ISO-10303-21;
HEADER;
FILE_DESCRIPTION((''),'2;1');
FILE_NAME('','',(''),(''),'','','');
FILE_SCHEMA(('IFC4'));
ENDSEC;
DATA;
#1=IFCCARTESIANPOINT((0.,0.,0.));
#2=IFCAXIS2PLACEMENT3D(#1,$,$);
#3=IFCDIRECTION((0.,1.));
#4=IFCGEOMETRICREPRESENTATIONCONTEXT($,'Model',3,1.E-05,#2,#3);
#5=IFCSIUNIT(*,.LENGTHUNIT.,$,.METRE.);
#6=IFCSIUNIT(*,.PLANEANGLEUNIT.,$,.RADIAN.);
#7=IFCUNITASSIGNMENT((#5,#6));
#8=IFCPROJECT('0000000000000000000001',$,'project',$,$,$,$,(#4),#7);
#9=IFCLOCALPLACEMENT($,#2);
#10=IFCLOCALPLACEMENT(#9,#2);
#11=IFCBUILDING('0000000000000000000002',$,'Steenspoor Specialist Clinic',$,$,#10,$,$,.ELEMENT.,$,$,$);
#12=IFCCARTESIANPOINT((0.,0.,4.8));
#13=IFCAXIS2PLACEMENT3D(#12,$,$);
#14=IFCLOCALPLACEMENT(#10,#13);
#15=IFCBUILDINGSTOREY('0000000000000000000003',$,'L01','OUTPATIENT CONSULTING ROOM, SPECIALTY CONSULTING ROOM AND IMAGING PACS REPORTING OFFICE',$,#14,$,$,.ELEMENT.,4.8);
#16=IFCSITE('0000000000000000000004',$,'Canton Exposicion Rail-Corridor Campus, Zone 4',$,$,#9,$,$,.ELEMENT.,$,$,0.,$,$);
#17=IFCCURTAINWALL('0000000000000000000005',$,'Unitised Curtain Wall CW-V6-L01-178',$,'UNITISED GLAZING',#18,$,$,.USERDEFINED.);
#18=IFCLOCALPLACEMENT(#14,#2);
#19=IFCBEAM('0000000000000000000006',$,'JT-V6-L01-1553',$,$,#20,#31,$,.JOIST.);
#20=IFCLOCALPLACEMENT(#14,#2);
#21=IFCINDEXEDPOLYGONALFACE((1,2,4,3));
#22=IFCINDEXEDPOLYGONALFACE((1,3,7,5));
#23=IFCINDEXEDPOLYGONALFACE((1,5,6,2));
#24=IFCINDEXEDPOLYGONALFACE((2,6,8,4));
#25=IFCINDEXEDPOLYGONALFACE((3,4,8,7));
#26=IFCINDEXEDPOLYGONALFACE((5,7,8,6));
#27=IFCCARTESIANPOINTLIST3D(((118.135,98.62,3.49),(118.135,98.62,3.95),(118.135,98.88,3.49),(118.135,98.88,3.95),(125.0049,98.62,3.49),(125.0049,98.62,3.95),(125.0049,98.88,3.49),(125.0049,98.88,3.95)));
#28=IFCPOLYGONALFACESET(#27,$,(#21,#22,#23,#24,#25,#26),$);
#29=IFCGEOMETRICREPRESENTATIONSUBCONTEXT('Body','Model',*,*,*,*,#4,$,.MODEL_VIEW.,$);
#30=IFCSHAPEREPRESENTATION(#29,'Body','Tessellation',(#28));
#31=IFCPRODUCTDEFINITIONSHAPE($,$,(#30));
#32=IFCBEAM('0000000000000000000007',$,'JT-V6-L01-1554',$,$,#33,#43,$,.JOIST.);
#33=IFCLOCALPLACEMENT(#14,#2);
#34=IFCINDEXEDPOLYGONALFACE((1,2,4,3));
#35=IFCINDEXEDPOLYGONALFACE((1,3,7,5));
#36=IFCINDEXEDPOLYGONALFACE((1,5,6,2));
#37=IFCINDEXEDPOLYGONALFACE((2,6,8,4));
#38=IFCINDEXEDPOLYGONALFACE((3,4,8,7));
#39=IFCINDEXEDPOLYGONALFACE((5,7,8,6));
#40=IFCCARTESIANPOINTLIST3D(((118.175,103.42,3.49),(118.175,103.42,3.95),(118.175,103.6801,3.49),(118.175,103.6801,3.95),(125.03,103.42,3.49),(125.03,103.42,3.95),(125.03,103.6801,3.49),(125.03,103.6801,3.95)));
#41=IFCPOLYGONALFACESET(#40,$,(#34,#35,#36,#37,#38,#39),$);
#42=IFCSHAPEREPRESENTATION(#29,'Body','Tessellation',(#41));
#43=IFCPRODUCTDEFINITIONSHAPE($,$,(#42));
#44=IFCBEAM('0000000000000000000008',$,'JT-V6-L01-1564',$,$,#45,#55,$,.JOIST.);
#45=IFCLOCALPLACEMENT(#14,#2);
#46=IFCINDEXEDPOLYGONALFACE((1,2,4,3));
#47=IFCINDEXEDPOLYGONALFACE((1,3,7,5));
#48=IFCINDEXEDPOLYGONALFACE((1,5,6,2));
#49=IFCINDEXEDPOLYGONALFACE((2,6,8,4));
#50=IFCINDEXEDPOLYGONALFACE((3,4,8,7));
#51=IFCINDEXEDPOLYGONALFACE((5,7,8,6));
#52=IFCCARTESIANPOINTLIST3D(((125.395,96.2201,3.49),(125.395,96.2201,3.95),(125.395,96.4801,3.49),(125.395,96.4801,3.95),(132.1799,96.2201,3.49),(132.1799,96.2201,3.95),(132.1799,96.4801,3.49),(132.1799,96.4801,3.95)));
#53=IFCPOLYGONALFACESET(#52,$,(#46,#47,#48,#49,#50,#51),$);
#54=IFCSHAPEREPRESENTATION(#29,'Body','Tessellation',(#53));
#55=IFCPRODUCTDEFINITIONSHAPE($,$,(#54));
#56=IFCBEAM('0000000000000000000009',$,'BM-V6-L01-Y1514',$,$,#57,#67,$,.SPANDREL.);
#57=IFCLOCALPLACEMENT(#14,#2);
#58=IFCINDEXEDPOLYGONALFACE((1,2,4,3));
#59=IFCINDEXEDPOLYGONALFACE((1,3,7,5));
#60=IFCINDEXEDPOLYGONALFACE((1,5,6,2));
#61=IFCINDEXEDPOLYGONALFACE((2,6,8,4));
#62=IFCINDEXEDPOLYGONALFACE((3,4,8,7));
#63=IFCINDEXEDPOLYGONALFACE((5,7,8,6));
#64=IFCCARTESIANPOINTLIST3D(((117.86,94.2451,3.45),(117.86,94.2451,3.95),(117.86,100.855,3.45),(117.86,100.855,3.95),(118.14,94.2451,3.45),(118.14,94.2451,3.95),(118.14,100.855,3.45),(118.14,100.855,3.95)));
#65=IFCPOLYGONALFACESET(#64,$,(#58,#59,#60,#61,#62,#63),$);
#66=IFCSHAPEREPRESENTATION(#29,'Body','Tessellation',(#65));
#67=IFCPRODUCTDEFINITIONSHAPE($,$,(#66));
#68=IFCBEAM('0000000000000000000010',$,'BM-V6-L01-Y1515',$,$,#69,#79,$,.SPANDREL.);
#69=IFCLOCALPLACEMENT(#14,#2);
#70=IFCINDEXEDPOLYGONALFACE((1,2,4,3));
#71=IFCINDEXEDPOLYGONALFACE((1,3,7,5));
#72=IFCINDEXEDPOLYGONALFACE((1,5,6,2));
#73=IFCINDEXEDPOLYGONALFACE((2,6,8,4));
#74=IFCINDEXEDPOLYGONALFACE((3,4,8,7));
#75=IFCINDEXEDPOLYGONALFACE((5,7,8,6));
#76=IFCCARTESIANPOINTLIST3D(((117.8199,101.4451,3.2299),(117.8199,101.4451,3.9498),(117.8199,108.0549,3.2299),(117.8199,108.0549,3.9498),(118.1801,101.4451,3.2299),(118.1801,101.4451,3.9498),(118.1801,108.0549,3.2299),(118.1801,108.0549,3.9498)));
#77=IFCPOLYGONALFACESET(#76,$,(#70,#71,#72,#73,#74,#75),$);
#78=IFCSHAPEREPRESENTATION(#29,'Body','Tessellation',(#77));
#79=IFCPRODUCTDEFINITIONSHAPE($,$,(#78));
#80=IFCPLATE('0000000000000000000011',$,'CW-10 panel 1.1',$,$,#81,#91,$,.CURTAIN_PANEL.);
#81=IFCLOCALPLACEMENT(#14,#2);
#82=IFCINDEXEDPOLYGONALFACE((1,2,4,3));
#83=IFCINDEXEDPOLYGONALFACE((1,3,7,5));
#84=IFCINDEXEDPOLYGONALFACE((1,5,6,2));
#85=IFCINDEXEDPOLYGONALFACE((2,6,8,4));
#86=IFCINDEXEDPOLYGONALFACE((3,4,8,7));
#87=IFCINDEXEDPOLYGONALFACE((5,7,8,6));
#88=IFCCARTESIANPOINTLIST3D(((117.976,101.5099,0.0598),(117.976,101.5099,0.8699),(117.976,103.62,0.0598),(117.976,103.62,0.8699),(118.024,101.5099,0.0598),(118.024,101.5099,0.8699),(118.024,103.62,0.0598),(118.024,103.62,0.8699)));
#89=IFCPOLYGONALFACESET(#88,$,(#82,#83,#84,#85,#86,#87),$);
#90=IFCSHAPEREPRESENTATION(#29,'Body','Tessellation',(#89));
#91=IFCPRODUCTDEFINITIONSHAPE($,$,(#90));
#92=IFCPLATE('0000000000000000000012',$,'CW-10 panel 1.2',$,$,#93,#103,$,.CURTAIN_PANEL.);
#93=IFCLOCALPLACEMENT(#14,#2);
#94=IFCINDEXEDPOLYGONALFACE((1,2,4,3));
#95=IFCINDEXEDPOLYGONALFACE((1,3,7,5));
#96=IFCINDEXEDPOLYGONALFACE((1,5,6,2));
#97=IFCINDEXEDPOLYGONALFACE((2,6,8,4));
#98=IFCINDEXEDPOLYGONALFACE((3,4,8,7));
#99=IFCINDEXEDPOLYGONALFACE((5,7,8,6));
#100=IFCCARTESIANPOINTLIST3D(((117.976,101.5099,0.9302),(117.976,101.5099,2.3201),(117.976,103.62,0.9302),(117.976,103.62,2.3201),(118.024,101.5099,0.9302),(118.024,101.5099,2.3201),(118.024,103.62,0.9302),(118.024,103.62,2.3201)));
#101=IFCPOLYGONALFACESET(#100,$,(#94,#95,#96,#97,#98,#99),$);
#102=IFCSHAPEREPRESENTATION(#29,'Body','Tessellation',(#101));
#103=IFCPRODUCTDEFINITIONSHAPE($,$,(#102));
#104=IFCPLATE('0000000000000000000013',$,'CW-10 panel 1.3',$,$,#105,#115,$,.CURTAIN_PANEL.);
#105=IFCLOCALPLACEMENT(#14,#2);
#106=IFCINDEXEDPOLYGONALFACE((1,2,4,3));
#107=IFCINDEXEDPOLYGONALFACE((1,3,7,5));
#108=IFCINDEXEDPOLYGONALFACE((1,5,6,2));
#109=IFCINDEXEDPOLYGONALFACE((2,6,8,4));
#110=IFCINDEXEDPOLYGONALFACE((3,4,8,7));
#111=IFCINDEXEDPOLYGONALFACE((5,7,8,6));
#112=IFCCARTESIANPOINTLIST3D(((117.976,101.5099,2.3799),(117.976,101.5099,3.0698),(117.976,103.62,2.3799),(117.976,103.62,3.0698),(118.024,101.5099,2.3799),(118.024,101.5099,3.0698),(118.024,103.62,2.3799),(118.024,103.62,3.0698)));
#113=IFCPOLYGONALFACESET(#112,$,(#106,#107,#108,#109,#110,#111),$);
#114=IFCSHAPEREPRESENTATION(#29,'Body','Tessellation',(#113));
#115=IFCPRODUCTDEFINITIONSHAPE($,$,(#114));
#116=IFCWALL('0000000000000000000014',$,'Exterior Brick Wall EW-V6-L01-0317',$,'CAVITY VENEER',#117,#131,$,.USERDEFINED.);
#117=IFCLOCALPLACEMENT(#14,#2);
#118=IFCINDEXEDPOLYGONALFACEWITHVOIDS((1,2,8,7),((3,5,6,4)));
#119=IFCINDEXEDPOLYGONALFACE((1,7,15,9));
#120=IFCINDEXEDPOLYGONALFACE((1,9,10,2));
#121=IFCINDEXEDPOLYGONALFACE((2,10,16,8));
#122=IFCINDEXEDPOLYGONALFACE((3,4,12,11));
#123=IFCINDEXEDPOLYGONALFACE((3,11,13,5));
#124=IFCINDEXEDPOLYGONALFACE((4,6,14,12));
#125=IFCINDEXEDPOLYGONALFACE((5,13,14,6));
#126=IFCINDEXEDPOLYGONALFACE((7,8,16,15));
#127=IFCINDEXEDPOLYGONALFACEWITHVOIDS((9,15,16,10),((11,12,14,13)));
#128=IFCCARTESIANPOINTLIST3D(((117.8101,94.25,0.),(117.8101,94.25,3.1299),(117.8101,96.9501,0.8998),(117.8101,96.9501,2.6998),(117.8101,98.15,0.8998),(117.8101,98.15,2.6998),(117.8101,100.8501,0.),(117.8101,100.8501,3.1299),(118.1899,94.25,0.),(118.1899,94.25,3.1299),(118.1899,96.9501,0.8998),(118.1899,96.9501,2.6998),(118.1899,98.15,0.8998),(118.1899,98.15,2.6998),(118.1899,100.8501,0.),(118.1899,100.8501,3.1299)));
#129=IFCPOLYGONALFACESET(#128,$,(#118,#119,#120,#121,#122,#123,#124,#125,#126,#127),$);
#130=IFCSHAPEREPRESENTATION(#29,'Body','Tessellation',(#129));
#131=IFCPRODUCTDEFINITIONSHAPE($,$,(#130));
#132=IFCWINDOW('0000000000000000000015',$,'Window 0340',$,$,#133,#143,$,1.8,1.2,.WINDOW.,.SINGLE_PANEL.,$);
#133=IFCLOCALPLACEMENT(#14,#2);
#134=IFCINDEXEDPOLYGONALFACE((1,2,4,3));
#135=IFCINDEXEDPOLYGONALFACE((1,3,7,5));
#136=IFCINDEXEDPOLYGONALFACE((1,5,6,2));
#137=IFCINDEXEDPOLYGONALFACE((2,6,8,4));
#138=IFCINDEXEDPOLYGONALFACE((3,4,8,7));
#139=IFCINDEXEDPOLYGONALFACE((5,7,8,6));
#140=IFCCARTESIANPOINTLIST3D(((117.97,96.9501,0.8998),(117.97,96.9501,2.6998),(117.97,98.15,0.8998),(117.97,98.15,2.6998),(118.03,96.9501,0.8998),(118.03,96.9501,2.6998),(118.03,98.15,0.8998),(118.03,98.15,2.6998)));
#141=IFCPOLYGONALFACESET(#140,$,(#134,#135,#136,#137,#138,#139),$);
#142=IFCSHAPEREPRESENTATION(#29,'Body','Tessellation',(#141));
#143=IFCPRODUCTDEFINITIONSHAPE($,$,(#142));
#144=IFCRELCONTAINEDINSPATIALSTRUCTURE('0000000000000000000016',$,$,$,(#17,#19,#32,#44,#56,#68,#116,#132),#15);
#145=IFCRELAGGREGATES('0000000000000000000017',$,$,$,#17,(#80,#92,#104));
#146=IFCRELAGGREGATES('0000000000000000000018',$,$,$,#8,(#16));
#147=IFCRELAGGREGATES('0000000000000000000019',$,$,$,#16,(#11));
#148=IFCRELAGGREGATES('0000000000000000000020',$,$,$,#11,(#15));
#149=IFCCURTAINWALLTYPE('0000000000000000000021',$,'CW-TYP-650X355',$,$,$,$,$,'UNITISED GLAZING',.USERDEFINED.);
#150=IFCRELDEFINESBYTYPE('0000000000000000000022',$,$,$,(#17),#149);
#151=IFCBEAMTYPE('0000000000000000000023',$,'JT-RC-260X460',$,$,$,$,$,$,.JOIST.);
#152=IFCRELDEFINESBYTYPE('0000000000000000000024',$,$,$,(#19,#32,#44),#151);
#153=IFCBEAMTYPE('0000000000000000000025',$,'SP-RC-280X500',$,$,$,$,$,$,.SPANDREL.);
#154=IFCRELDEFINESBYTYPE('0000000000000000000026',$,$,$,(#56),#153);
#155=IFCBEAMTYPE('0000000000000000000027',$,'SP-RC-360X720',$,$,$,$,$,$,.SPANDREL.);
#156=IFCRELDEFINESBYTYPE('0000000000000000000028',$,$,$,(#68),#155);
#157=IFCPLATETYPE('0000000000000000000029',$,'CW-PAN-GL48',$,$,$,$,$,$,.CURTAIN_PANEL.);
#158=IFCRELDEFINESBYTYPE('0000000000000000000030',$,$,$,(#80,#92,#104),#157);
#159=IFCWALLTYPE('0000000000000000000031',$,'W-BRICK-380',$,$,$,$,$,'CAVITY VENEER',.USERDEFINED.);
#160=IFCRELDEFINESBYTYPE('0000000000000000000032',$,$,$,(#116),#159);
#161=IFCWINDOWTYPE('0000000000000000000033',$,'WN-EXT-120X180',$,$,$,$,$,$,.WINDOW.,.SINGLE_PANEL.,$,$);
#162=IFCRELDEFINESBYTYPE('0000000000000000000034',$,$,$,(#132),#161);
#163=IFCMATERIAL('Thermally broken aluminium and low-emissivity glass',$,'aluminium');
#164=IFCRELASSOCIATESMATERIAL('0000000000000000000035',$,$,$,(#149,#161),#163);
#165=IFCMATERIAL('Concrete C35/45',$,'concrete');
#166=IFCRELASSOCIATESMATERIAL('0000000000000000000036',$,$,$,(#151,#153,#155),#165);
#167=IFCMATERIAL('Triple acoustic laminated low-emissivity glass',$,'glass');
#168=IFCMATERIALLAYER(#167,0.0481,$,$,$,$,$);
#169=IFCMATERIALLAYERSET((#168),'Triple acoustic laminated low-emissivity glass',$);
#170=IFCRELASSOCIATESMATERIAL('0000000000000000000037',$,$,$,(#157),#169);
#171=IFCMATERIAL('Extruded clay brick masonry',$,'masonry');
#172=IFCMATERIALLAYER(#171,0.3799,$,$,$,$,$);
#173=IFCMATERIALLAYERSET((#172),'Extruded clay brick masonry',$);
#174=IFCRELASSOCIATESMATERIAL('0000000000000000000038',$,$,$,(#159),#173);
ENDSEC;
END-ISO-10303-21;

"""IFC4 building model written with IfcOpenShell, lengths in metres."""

from ifc_helpers import new_model, si_unit, direction, frame, frame_2d, origin, origin_2d, place, context, subcontext, project, spatial, rectangle, extrude, material, layer, layer_set, material_profile, profile_set, type_object, element, fill, aggregate, save


model = new_model("IFC4")

# Units and contexts
model_context = context("Model", 3, precision=1e-05, world=origin(), true_north=direction((0.0, 1.0)))
body_context = subcontext(model_context, "Body", "Model", "MODEL_VIEW")
ifc_project = project(units=[si_unit("LENGTHUNIT", "METRE"), si_unit("PLANEANGLEUNIT", "RADIAN")], contexts=[model_context])

# Site, building, storey
site_placement = place(None, origin())
site = spatial("IfcSite", under=ifc_project, at=site_placement, Name="Canton Exposicion Rail-Corridor Campus, Zone 4", CompositionType="ELEMENT", RefElevation=0.0)
building_placement = place(site_placement, origin())
building = spatial("IfcBuilding", under=site, at=building_placement, Name="Steenspoor Specialist Clinic", CompositionType="ELEMENT")
storey_placement = place(building_placement, frame((0.0, 0.0, 4.8)))
storey = spatial("IfcBuildingStorey", under=building, at=storey_placement, Name="L01", Description="OUTPATIENT CONSULTING ROOM, SPECIALTY CONSULTING ROOM AND IMAGING PACS REPORTING OFFICE", CompositionType="ELEMENT", Elevation=4.8)

# Shared definitions
ifc_material_1 = material(Name="Concrete C35/45", Category="concrete")

# Curtain wall
ifc_material_2 = material(Name="Thermally broken aluminium and low-emissivity glass", Category="aluminium")
curtain_wall_type = type_object("IfcCurtainWallType", Name="CW-TYP-650X355", ElementType="UNITISED GLAZING", PredefinedType="USERDEFINED", material=ifc_material_2)
curtain_wall_placement = place(storey_placement, origin())
curtain_wall = element("IfcCurtainWall", 1, at=curtain_wall_placement, inside=storey, type_object=curtain_wall_type, Name="Unitised Curtain Wall CW-V6-L01-178", ObjectType="UNITISED GLAZING", PredefinedType="USERDEFINED")

# Beams
ifc_material_profile_1 = material_profile(ifc_material_1, rectangle(XDim=0.26, YDim=0.46, at=origin_2d()), Name="RC-JT-260X460")
ifc_profile_set_1 = profile_set([ifc_material_profile_1], Name="Concrete C35/45")
beam_type_1 = type_object("IfcBeamType", Name="JT-RC-260X460", PredefinedType="JOIST", material=ifc_profile_set_1)
beam_1_placement = place(storey_placement, frame((118.135, 98.75, 3.72), z_axis=(1.0, 0.0, 0.0), x_axis=(0.0, 1.0, 0.0)))
element("IfcBeam", 2, at=beam_1_placement, inside=storey, type_object=beam_type_1, Name="JT-V6-L01-1553", PredefinedType="JOIST", context=body_context, shape_type="SweptSolid", body=[
    extrude(rectangle(XDim=0.26, YDim=0.46, at=origin_2d()), origin(), (0.0, 0.0, 1.0), 6.8699),
])
beam_2_placement = place(storey_placement, frame((118.175, 103.55, 3.72), z_axis=(1.0, 0.0, 0.0), x_axis=(0.0, 1.0, 0.0)))
element("IfcBeam", 3, at=beam_2_placement, inside=storey, type_object=beam_type_1, Name="JT-V6-L01-1554", PredefinedType="JOIST", context=body_context, shape_type="SweptSolid", body=[
    extrude(rectangle(XDim=0.26, YDim=0.46, at=origin_2d()), origin(), (0.0, 0.0, 1.0), 6.855),
])
beam_3_placement = place(storey_placement, frame((125.395, 96.3501, 3.72), z_axis=(1.0, 0.0, 0.0), x_axis=(0.0, 1.0, 0.0)))
element("IfcBeam", 4, at=beam_3_placement, inside=storey, type_object=beam_type_1, Name="JT-V6-L01-1564", PredefinedType="JOIST", context=body_context, shape_type="SweptSolid", body=[
    extrude(rectangle(XDim=0.26, YDim=0.46, at=origin_2d()), origin(), (0.0, 0.0, 1.0), 6.7849),
])
ifc_material_profile_2 = material_profile(ifc_material_1, rectangle(XDim=0.28, YDim=0.5, at=origin_2d()), Name="RC-SP-280X500")
ifc_profile_set_2 = profile_set([ifc_material_profile_2], Name="Concrete C35/45")
beam_type_2 = type_object("IfcBeamType", Name="SP-RC-280X500", PredefinedType="SPANDREL", material=ifc_profile_set_2)
beam_4_placement = place(storey_placement, frame((118.0, 94.2451, 3.7), z_axis=(0.0, 1.0, 0.0), x_axis=(-1.0, 0.0, 0.0)))
element("IfcBeam", 5, at=beam_4_placement, inside=storey, type_object=beam_type_2, Name="BM-V6-L01-Y1514", PredefinedType="SPANDREL", context=body_context, shape_type="SweptSolid", body=[
    extrude(rectangle(XDim=0.28, YDim=0.5, at=origin_2d()), origin(), (0.0, 0.0, 1.0), 6.6099),
])
ifc_material_profile_3 = material_profile(ifc_material_1, rectangle(XDim=0.3601, YDim=0.72, at=origin_2d()), Name="RC-SP-360X720")
ifc_profile_set_3 = profile_set([ifc_material_profile_3], Name="Concrete C35/45")
beam_type_3 = type_object("IfcBeamType", Name="SP-RC-360X720", PredefinedType="SPANDREL", material=ifc_profile_set_3)
beam_5_placement = place(storey_placement, frame((118.0, 101.4451, 3.5898), z_axis=(0.0, 1.0, 0.0), x_axis=(-1.0, 0.0, 0.0)))
element("IfcBeam", 6, at=beam_5_placement, inside=storey, type_object=beam_type_3, Name="BM-V6-L01-Y1515", PredefinedType="SPANDREL", context=body_context, shape_type="SweptSolid", body=[
    extrude(rectangle(XDim=0.3601, YDim=0.72, at=origin_2d()), origin(), (0.0, 0.0, 1.0), 6.6099),
])

# Plates
ifc_material_3 = material(Name="Triple acoustic laminated low-emissivity glass", Category="glass")
ifc_layer_1 = layer(ifc_material_3, 0.0481)
ifc_layer_set_1 = layer_set([ifc_layer_1], Name="Triple acoustic laminated low-emissivity glass")
plate_type = type_object("IfcPlateType", Name="CW-PAN-GL48", PredefinedType="CURTAIN_PANEL", material=ifc_layer_set_1)
plate_1_placement = place(storey_placement, frame((118.0, 102.5649, 0.0598), z_axis=(0.0, 0.0, 1.0), x_axis=(0.0, 1.0, 0.0)))
plate_1 = element("IfcPlate", 7, at=plate_1_placement, type_object=plate_type, Name="CW-10 panel 1.1", PredefinedType="CURTAIN_PANEL", context=body_context, shape_type="SweptSolid", body=[
    extrude(rectangle(XDim=2.1101, YDim=0.0481, at=origin_2d()), origin(), (0.0, 0.0, 1.0), 0.8101),
])
plate_2_placement = place(storey_placement, frame((118.0, 102.5649, 0.9302), z_axis=(0.0, 0.0, 1.0), x_axis=(0.0, 1.0, 0.0)))
plate_2 = element("IfcPlate", 8, at=plate_2_placement, type_object=plate_type, Name="CW-10 panel 1.2", PredefinedType="CURTAIN_PANEL", context=body_context, shape_type="SweptSolid", body=[
    extrude(rectangle(XDim=2.1101, YDim=0.0481, at=origin_2d()), origin(), (0.0, 0.0, 1.0), 1.3899),
])
plate_3_placement = place(storey_placement, frame((118.0, 102.5649, 2.3799), z_axis=(0.0, 0.0, 1.0), x_axis=(0.0, 1.0, 0.0)))
plate_3 = element("IfcPlate", 9, at=plate_3_placement, type_object=plate_type, Name="CW-10 panel 1.3", PredefinedType="CURTAIN_PANEL", context=body_context, shape_type="SweptSolid", body=[
    extrude(rectangle(XDim=2.1101, YDim=0.0481, at=origin_2d()), origin(), (0.0, 0.0, 1.0), 0.6899),
])
aggregate(curtain_wall, [plate_1, plate_2, plate_3])

# Wall, opening, window
ifc_material_4 = material(Name="Extruded clay brick masonry", Category="masonry")
ifc_layer_2 = layer(ifc_material_4, 0.3799)
ifc_layer_set_2 = layer_set([ifc_layer_2], Name="Extruded clay brick masonry")
wall_type_1 = type_object("IfcWallType", Name="W-BRICK-380", ElementType="CAVITY VENEER", PredefinedType="USERDEFINED", material=ifc_layer_set_2)
wall_1_placement = place(storey_placement, frame((118.0, 94.25, 0.0), z_axis=(0.0, 0.0, 1.0), x_axis=(0.0, 1.0, 0.0)))
wall_1 = element("IfcWall", 10, at=wall_1_placement, inside=storey, type_object=wall_type_1, Name="Exterior Brick Wall EW-V6-L01-0317", ObjectType="CAVITY VENEER", PredefinedType="USERDEFINED", context=body_context, shape_type="SweptSolid", body=[
    extrude(rectangle(XDim=6.6001, YDim=0.3799, at=frame_2d((3.3, 0.0))), origin(), (0.0, 0.0, 1.0), 3.1299),
])
opening_1_placement = place(wall_1_placement, frame((2.7, 0.0, 0.8999)))
opening_1 = element("IfcOpeningElement", 11, at=opening_1_placement, cuts=wall_1, PredefinedType="OPENING", context=body_context, shape_type="SweptSolid", body=[
    extrude(rectangle(XDim=1.2, YDim=1.8, at=frame_2d((0.6001, 0.8999))), frame((0.0, 0.2, 0.0), z_axis=(0.0, -1.0, 0.0), x_axis=(1.0, 0.0, 0.0)), (0.0, 0.0, 1.0), 0.3999),
])
window_type_1 = type_object("IfcWindowType", Name="WN-EXT-120X180", PartitioningType="SINGLE_PANEL", PredefinedType="WINDOW", material=ifc_material_2)
window_1_placement = place(opening_1_placement, origin())
window_1 = element("IfcWindow", 12, at=window_1_placement, inside=storey, type_object=window_type_1, Name="Window 0340", OverallHeight=1.8, OverallWidth=1.2, PartitioningType="SINGLE_PANEL", PredefinedType="WINDOW", context=body_context, shape_type="SweptSolid", body=[
    extrude(rectangle(XDim=1.2, YDim=1.8, at=frame_2d((0.6001, 0.8999))), frame((0.0, 0.03, 0.0), z_axis=(0.0, -1.0, 0.0), x_axis=(1.0, 0.0, 0.0)), (0.0, 0.0, 1.0), 0.0601),
])
fill(opening_1, window_1)

save(model, "model.ifc")
